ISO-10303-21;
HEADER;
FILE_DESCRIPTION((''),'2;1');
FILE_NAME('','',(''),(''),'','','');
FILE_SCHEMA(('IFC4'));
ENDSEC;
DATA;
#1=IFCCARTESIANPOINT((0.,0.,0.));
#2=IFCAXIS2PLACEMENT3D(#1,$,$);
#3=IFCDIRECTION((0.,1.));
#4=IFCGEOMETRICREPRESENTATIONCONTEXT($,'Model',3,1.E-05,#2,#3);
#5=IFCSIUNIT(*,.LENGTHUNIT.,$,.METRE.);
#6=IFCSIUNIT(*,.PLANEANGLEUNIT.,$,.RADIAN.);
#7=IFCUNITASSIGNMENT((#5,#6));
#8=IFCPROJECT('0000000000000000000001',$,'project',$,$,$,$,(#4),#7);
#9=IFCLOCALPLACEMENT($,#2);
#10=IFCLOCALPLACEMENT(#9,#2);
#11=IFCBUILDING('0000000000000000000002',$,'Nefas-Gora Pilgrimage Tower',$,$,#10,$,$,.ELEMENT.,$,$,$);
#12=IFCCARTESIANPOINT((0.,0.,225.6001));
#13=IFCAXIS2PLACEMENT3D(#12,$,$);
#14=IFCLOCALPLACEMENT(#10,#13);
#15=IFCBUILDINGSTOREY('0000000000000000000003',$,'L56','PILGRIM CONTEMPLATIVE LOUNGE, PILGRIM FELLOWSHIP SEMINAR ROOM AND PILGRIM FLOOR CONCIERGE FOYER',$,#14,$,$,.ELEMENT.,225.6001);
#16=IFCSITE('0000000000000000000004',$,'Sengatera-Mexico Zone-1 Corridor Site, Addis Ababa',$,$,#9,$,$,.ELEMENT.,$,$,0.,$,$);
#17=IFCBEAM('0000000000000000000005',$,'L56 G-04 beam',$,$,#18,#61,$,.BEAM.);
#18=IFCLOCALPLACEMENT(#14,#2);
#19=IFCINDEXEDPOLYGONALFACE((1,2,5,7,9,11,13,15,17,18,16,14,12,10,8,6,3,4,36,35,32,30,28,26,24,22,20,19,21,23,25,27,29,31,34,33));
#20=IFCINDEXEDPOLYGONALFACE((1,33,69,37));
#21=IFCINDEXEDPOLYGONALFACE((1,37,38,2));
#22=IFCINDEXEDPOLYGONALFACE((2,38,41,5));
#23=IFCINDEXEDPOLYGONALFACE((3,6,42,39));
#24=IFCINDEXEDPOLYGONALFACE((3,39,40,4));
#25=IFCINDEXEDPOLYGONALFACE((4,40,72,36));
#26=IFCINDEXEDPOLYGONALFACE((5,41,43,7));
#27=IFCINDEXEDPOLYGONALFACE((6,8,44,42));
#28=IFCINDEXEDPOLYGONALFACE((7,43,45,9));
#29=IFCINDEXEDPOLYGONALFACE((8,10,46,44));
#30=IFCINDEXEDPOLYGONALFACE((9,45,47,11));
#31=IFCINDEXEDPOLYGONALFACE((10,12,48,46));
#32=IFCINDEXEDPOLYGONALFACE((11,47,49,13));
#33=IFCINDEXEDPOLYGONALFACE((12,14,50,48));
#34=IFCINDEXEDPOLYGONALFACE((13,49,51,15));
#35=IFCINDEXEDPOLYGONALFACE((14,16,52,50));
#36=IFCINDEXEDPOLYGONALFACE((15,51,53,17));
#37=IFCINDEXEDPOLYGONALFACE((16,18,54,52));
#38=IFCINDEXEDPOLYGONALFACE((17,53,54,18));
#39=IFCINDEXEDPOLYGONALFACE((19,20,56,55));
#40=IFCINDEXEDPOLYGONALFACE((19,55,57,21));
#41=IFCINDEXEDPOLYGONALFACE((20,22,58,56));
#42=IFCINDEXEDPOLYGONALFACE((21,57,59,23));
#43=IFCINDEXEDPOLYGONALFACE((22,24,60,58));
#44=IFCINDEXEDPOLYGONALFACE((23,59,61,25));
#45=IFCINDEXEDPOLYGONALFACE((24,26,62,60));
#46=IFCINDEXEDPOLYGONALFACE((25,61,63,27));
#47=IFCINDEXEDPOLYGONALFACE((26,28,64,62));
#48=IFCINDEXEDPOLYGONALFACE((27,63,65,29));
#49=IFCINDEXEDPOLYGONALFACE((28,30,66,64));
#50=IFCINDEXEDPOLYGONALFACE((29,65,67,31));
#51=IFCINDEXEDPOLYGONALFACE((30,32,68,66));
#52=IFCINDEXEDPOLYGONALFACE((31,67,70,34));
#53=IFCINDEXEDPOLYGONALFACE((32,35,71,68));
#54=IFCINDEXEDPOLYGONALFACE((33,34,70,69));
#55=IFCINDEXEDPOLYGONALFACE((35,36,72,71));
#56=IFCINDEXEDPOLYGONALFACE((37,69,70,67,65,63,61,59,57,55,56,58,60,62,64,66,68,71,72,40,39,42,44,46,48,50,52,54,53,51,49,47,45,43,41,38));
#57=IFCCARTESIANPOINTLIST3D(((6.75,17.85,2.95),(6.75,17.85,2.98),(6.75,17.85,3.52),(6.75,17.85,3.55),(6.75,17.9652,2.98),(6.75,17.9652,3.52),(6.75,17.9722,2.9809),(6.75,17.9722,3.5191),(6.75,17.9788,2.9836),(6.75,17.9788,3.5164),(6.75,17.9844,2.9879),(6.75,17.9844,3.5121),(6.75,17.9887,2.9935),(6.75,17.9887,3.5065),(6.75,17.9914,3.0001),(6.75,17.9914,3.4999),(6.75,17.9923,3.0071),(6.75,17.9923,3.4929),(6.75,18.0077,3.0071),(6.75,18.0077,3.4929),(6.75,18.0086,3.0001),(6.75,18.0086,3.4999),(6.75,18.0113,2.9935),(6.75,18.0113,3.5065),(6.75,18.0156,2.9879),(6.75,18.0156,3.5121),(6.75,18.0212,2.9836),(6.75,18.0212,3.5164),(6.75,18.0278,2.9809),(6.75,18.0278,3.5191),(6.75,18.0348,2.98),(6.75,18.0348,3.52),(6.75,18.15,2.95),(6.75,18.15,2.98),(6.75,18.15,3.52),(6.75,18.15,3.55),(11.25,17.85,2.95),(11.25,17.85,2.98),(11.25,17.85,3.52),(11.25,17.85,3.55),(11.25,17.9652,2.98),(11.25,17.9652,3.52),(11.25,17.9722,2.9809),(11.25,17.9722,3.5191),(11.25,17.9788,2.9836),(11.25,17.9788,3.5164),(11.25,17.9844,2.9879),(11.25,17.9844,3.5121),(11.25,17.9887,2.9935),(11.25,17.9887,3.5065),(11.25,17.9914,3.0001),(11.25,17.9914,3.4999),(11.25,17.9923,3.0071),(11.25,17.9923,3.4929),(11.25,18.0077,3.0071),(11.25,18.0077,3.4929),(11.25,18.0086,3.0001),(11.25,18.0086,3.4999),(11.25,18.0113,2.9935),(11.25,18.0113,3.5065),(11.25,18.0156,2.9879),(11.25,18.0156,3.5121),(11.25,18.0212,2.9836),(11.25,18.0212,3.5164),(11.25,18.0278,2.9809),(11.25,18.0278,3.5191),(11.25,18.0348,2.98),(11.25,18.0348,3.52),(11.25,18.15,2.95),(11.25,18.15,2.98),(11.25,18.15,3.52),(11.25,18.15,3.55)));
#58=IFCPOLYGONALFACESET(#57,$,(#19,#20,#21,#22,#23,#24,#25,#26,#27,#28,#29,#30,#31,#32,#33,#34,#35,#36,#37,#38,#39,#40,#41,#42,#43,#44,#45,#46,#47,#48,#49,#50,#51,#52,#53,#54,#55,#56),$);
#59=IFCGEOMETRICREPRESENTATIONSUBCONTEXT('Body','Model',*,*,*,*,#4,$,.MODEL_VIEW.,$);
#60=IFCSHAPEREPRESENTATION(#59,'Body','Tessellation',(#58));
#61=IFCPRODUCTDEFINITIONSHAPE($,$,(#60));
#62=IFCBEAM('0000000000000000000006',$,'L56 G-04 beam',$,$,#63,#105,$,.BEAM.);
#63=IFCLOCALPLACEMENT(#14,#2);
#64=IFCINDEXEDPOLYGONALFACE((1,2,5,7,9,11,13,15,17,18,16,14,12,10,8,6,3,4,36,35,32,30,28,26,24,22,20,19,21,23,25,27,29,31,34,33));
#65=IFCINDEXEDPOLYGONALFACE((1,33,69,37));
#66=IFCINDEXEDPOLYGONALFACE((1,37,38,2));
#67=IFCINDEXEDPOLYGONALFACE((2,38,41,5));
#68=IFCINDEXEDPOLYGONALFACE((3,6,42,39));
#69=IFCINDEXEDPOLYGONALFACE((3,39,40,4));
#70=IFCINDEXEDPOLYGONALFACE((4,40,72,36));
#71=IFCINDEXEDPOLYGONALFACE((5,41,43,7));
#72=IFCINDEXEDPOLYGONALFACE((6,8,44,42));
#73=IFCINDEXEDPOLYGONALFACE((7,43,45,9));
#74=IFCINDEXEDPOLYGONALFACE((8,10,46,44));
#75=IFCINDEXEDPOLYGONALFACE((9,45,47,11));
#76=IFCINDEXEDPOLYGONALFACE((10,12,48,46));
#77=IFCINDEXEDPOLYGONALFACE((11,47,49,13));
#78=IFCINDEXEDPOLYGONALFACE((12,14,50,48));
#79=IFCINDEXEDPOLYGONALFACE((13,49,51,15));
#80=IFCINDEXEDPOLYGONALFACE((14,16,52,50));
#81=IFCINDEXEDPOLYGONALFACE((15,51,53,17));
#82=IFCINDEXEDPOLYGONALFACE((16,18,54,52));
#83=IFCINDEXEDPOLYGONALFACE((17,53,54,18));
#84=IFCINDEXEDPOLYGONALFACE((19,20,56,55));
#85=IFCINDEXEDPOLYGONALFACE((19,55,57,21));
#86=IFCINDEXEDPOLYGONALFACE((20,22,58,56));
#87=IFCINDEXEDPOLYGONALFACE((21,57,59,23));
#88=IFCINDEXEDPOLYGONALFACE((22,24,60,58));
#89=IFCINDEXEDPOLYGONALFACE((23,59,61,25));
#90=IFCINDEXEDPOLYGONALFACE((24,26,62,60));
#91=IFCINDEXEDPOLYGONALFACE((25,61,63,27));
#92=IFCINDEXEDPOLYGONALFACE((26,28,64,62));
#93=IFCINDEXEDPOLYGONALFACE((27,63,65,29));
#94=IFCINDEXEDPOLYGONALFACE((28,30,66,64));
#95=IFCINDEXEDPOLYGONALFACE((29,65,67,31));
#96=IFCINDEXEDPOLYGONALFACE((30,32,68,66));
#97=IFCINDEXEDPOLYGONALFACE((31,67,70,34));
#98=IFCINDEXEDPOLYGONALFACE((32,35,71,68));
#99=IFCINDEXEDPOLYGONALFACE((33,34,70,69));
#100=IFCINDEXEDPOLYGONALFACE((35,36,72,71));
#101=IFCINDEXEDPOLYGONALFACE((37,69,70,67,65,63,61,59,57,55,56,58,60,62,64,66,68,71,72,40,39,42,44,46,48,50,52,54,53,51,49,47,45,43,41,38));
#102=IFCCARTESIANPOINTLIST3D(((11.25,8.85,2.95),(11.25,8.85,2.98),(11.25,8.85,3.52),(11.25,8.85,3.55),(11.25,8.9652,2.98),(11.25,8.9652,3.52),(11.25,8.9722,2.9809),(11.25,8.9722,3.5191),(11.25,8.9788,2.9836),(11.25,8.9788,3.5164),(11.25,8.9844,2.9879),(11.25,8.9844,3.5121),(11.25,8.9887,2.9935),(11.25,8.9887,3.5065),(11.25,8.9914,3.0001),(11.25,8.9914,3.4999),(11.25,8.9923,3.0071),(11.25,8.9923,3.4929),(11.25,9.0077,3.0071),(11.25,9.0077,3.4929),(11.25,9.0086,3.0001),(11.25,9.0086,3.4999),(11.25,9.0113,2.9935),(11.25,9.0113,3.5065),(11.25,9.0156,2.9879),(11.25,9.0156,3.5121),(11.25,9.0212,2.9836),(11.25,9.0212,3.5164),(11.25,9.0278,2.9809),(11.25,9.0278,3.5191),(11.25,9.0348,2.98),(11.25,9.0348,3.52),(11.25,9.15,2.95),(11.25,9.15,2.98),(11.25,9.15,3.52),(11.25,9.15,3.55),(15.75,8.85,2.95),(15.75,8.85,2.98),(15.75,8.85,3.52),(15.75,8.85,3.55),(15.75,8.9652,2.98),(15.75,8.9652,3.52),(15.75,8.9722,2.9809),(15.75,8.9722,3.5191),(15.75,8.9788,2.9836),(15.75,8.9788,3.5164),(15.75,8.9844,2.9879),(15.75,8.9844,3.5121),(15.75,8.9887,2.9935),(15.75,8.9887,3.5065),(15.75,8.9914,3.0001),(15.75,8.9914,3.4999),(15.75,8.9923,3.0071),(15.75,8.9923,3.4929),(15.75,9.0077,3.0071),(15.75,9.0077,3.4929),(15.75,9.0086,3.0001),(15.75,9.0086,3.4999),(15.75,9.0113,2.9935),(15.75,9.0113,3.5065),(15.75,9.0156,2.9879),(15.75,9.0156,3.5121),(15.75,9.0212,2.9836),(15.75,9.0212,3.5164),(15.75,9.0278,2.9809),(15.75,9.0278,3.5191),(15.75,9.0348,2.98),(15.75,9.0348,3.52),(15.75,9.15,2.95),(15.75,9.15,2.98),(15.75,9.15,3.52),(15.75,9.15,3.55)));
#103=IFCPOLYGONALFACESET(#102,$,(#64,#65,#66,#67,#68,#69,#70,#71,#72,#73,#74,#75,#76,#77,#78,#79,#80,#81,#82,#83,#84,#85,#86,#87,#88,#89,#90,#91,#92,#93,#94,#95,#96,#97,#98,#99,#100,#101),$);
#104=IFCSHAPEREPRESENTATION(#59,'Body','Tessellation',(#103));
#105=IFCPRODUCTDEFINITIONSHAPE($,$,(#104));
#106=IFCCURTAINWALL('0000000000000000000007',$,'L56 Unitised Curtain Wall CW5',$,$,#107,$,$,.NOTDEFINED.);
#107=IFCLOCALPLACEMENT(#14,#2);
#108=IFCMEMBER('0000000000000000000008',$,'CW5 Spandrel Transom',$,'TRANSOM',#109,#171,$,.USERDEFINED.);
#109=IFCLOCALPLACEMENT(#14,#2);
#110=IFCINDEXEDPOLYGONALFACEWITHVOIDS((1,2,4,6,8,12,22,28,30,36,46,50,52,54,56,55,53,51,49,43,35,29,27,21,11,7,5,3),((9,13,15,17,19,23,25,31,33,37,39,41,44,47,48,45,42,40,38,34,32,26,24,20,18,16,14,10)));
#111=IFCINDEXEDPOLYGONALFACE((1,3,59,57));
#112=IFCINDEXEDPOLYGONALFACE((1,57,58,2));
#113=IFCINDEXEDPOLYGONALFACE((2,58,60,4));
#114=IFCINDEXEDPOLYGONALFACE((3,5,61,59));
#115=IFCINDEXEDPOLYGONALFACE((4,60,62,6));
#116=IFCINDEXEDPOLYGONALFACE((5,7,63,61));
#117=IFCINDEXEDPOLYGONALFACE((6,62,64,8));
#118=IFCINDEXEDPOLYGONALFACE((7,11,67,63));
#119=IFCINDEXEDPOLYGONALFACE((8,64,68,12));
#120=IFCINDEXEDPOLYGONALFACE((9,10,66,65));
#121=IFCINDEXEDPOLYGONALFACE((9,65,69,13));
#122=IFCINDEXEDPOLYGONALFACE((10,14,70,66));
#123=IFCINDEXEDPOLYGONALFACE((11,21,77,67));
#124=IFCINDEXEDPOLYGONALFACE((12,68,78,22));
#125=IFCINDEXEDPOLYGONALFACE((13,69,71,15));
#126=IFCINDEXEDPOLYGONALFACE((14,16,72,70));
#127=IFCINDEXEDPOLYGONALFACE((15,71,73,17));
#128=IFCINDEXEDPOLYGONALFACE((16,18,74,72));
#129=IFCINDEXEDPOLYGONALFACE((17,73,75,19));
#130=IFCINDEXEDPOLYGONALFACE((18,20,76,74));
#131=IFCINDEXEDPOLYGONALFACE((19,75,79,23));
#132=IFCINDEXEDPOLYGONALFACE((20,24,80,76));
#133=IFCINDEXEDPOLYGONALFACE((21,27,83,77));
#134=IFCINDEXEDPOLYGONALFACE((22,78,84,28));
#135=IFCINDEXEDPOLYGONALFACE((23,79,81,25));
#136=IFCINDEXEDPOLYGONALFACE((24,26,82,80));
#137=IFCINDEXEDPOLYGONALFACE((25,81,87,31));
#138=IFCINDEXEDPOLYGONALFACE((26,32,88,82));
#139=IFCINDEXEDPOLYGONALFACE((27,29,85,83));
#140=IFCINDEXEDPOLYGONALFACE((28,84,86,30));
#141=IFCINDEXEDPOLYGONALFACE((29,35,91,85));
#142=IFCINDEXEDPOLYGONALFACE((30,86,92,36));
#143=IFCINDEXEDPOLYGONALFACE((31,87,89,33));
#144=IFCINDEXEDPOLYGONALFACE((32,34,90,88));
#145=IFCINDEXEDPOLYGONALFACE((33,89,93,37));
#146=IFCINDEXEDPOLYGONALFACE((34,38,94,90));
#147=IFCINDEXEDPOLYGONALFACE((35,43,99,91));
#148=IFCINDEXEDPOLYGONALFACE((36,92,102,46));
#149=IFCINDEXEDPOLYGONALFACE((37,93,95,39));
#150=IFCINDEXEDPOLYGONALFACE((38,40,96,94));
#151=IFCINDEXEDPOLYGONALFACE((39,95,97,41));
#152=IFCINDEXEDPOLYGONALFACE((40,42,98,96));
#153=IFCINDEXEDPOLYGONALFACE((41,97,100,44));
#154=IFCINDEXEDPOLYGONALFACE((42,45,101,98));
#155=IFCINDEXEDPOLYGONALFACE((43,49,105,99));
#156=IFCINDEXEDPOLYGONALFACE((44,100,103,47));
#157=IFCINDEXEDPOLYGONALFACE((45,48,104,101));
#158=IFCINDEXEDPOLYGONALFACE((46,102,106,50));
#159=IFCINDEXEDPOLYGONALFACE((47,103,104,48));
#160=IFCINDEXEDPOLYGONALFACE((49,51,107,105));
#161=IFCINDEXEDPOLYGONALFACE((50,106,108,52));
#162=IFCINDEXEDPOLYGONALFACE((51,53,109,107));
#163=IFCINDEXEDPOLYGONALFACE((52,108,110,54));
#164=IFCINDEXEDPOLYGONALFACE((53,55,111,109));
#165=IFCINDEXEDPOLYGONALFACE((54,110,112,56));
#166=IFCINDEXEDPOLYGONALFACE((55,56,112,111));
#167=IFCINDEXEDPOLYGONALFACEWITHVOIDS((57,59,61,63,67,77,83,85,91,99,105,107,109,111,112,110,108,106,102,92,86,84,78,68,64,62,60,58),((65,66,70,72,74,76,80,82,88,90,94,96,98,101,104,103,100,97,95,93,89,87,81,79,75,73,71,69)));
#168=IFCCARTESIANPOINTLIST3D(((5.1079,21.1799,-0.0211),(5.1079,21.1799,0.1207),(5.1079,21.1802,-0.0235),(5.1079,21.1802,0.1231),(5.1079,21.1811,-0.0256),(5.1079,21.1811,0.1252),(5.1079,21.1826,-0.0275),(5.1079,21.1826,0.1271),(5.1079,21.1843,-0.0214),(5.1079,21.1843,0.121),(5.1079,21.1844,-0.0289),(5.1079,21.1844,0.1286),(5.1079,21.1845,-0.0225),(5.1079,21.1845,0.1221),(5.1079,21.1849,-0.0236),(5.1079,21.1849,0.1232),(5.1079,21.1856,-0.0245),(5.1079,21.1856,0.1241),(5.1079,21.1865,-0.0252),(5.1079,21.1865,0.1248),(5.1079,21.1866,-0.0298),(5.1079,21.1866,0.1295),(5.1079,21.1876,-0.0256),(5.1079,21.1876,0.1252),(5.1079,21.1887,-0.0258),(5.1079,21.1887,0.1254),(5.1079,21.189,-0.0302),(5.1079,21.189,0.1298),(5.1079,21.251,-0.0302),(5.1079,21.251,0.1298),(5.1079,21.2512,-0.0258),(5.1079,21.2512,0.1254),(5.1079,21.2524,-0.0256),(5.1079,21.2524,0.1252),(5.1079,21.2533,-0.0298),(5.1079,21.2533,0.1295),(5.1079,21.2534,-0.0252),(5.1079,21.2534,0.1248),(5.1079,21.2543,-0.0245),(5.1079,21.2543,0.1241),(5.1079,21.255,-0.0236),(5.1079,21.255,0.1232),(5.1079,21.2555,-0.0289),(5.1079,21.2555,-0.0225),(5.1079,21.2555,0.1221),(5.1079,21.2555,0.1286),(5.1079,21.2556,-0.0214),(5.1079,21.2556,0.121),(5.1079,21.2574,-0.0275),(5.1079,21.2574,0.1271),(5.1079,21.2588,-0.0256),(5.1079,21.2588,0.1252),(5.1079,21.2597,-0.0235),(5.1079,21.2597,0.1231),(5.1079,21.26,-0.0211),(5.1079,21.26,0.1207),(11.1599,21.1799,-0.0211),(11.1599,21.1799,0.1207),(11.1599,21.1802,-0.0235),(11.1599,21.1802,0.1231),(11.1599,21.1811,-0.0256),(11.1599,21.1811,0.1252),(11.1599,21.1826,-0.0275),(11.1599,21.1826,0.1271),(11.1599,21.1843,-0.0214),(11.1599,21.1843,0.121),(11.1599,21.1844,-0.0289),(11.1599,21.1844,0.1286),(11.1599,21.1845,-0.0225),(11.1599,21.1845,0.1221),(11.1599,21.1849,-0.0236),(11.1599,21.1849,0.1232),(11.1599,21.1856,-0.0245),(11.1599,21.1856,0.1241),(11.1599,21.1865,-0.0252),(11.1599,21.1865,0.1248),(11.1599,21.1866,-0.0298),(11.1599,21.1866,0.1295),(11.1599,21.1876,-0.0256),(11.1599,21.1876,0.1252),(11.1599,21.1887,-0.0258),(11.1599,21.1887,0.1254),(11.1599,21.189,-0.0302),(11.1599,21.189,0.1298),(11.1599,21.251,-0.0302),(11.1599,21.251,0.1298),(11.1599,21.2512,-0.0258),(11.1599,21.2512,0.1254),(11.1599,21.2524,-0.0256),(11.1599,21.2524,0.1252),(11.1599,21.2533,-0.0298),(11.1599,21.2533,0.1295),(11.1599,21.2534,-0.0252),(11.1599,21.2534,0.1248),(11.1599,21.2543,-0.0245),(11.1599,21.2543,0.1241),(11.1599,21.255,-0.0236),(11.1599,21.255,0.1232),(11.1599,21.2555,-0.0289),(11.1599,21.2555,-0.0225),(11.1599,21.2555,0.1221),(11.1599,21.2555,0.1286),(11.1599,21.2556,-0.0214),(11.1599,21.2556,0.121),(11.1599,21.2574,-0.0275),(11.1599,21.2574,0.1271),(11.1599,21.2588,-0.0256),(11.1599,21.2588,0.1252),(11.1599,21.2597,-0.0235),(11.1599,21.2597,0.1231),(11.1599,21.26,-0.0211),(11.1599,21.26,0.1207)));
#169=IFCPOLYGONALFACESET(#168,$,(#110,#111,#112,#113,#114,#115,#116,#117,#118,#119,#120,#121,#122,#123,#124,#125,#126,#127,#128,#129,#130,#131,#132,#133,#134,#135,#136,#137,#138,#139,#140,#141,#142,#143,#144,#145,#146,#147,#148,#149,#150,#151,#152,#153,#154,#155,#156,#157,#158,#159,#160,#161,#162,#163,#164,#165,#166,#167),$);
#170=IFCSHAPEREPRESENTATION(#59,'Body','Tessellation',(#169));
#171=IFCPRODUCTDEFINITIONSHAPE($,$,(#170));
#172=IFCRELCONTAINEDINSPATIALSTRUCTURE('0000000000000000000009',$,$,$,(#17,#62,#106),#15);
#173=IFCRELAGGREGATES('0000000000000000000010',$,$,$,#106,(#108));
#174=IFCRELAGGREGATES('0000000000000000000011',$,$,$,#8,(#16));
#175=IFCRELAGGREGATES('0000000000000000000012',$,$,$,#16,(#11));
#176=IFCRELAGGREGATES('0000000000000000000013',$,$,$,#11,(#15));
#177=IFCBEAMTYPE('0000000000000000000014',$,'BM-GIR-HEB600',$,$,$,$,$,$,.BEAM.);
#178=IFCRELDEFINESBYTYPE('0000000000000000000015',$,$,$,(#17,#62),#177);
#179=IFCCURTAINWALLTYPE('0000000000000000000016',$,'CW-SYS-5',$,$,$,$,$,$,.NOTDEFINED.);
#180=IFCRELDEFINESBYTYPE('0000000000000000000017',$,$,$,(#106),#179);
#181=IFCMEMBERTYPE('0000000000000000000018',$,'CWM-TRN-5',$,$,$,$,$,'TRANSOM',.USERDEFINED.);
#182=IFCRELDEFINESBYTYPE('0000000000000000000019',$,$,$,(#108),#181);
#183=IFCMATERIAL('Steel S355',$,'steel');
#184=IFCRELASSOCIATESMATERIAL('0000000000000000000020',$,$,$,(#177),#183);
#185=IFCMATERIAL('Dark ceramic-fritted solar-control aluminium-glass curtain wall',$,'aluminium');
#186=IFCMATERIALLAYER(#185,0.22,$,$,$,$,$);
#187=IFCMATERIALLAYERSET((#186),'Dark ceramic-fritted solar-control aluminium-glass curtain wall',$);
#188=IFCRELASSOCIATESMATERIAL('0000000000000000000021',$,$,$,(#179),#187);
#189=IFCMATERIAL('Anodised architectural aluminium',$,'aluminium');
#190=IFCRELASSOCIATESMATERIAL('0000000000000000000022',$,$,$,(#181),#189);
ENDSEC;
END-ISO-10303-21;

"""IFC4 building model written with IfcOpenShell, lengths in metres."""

from ifc_helpers import new_model, si_unit, direction, frame, origin, origin_2d, place, context, subcontext, project, spatial, hollow_rectangle, i_section, extrude, source, transform, mapped, material, layer, layer_set, material_profile, profile_set, type_object, element, aggregate, save


model = new_model("IFC4")

# Units and contexts
model_context = context("Model", 3, precision=1e-05, world=origin(), true_north=direction((0.0, 1.0)))
body_context = subcontext(model_context, "Body", "Model", "MODEL_VIEW")
ifc_project = project(units=[si_unit("LENGTHUNIT", "METRE"), si_unit("PLANEANGLEUNIT", "RADIAN")], contexts=[model_context])

# Site, building, storey
site_placement = place(None, origin())
site = spatial("IfcSite", under=ifc_project, at=site_placement, Name="Sengatera-Mexico Zone-1 Corridor Site, Addis Ababa", CompositionType="ELEMENT", RefElevation=0.0)
building_placement = place(site_placement, origin())
building = spatial("IfcBuilding", under=site, at=building_placement, Name="Nefas-Gora Pilgrimage Tower", CompositionType="ELEMENT")
storey_placement = place(building_placement, frame((0.0, 0.0, 225.6001)))
storey = spatial("IfcBuildingStorey", under=building, at=storey_placement, Name="L56", Description="PILGRIM CONTEMPLATIVE LOUNGE, PILGRIM FELLOWSHIP SEMINAR ROOM AND PILGRIM FLOOR CONCIERGE FOYER", CompositionType="ELEMENT", Elevation=225.6001)

# Beams
ifc_material_1 = material(Name="Steel S355", Category="steel")
ifc_material_profile_1 = material_profile(ifc_material_1, i_section(OverallWidth=0.3, OverallDepth=0.6001, WebThickness=0.0154, FlangeThickness=0.03, FilletRadius=0.0271, at=origin_2d()), Name="HEB 600")
ifc_profile_set_1 = profile_set([ifc_material_profile_1], Name="Steel S355")
beam_type = type_object("IfcBeamType", Name="BM-GIR-HEB600", PredefinedType="BEAM", material=ifc_profile_set_1)
shared_shape_1 = source(origin(), body_context, "Body", "SweptSolid", [
    extrude(i_section(OverallWidth=0.3, OverallDepth=0.6001, WebThickness=0.0154, FlangeThickness=0.03, FilletRadius=0.0271, at=origin_2d()), origin(), (0.0, 0.0, 1.0), 4.5),
])
for number, where, z_axis, x_axis, name in (
    (1, (6.75, 18.0, 3.25), (1.0, 0.0, 0.0), (0.0, 1.0, 0.0), "L56 G-04 beam"),
    (2, (11.25, 9.0, 3.25), (1.0, 0.0, 0.0), (0.0, 1.0, 0.0), "L56 G-04 beam"),
):
    element("IfcBeam", number, at=place(storey_placement, frame(where, z_axis=z_axis, x_axis=x_axis)), inside=storey, type_object=beam_type, Name=name, PredefinedType="BEAM", context=body_context, shape_type="MappedRepresentation", body=[
        mapped(shared_shape_1, transform((0.0, 0.0, 0.0), x_axis=(1.0, 0.0, 0.0), y_axis=(0.0, 1.0, 0.0), z_axis=(0.0, 0.0, 1.0), scale=1.0)),
    ])

# Curtain wall, member
ifc_material_2 = material(Name="Dark ceramic-fritted solar-control aluminium-glass curtain wall", Category="aluminium")
ifc_layer_1 = layer(ifc_material_2, 0.22)
ifc_layer_set_1 = layer_set([ifc_layer_1], Name="Dark ceramic-fritted solar-control aluminium-glass curtain wall")
curtain_wall_type = type_object("IfcCurtainWallType", Name="CW-SYS-5", PredefinedType="NOTDEFINED", material=ifc_layer_set_1)
curtain_wall_placement = place(storey_placement, origin())
curtain_wall = element("IfcCurtainWall", 3, at=curtain_wall_placement, inside=storey, type_object=curtain_wall_type, Name="L56 Unitised Curtain Wall CW5", PredefinedType="NOTDEFINED")
ifc_material_3 = material(Name="Anodised architectural aluminium", Category="aluminium")
ifc_material_profile_2 = material_profile(ifc_material_3, hollow_rectangle(XDim=0.0801, YDim=0.1599, WallThickness=0.0044, InnerFilletRadius=0.0044, OuterFilletRadius=0.009, at=origin_2d()), Name="ALU TRANSOM 80x160")
ifc_profile_set_2 = profile_set([ifc_material_profile_2], Name="Anodised architectural aluminium")
member_type_1 = type_object("IfcMemberType", Name="CWM-TRN-5", ElementType="TRANSOM", PredefinedType="USERDEFINED", material=ifc_profile_set_2)
shared_shape_2 = source(origin(), body_context, "Body", "SweptSolid", [
    extrude(hollow_rectangle(XDim=0.0801, YDim=0.1599, WallThickness=0.0044, InnerFilletRadius=0.0044, OuterFilletRadius=0.009, at=origin_2d()), origin(), (0.0, 0.0, 1.0), 6.052),
])
member_1_placement = place(storey_placement, frame((11.1599, 21.22, 0.0498), z_axis=(-1.0, 0.0, 0.0), x_axis=(0.0, -1.0, 0.0)))
member_1 = element("IfcMember", 4, at=member_1_placement, type_object=member_type_1, Name="CW5 Spandrel Transom", ObjectType="TRANSOM", PredefinedType="USERDEFINED", context=body_context, shape_type="MappedRepresentation", body=[
    mapped(shared_shape_2, transform((0.0, 0.0, 0.0), x_axis=(1.0, 0.0, 0.0), y_axis=(0.0, 1.0, 0.0), z_axis=(0.0, 0.0, 1.0), scale=1.0)),
])
aggregate(curtain_wall, [member_1])

save(model, "model.ifc")
